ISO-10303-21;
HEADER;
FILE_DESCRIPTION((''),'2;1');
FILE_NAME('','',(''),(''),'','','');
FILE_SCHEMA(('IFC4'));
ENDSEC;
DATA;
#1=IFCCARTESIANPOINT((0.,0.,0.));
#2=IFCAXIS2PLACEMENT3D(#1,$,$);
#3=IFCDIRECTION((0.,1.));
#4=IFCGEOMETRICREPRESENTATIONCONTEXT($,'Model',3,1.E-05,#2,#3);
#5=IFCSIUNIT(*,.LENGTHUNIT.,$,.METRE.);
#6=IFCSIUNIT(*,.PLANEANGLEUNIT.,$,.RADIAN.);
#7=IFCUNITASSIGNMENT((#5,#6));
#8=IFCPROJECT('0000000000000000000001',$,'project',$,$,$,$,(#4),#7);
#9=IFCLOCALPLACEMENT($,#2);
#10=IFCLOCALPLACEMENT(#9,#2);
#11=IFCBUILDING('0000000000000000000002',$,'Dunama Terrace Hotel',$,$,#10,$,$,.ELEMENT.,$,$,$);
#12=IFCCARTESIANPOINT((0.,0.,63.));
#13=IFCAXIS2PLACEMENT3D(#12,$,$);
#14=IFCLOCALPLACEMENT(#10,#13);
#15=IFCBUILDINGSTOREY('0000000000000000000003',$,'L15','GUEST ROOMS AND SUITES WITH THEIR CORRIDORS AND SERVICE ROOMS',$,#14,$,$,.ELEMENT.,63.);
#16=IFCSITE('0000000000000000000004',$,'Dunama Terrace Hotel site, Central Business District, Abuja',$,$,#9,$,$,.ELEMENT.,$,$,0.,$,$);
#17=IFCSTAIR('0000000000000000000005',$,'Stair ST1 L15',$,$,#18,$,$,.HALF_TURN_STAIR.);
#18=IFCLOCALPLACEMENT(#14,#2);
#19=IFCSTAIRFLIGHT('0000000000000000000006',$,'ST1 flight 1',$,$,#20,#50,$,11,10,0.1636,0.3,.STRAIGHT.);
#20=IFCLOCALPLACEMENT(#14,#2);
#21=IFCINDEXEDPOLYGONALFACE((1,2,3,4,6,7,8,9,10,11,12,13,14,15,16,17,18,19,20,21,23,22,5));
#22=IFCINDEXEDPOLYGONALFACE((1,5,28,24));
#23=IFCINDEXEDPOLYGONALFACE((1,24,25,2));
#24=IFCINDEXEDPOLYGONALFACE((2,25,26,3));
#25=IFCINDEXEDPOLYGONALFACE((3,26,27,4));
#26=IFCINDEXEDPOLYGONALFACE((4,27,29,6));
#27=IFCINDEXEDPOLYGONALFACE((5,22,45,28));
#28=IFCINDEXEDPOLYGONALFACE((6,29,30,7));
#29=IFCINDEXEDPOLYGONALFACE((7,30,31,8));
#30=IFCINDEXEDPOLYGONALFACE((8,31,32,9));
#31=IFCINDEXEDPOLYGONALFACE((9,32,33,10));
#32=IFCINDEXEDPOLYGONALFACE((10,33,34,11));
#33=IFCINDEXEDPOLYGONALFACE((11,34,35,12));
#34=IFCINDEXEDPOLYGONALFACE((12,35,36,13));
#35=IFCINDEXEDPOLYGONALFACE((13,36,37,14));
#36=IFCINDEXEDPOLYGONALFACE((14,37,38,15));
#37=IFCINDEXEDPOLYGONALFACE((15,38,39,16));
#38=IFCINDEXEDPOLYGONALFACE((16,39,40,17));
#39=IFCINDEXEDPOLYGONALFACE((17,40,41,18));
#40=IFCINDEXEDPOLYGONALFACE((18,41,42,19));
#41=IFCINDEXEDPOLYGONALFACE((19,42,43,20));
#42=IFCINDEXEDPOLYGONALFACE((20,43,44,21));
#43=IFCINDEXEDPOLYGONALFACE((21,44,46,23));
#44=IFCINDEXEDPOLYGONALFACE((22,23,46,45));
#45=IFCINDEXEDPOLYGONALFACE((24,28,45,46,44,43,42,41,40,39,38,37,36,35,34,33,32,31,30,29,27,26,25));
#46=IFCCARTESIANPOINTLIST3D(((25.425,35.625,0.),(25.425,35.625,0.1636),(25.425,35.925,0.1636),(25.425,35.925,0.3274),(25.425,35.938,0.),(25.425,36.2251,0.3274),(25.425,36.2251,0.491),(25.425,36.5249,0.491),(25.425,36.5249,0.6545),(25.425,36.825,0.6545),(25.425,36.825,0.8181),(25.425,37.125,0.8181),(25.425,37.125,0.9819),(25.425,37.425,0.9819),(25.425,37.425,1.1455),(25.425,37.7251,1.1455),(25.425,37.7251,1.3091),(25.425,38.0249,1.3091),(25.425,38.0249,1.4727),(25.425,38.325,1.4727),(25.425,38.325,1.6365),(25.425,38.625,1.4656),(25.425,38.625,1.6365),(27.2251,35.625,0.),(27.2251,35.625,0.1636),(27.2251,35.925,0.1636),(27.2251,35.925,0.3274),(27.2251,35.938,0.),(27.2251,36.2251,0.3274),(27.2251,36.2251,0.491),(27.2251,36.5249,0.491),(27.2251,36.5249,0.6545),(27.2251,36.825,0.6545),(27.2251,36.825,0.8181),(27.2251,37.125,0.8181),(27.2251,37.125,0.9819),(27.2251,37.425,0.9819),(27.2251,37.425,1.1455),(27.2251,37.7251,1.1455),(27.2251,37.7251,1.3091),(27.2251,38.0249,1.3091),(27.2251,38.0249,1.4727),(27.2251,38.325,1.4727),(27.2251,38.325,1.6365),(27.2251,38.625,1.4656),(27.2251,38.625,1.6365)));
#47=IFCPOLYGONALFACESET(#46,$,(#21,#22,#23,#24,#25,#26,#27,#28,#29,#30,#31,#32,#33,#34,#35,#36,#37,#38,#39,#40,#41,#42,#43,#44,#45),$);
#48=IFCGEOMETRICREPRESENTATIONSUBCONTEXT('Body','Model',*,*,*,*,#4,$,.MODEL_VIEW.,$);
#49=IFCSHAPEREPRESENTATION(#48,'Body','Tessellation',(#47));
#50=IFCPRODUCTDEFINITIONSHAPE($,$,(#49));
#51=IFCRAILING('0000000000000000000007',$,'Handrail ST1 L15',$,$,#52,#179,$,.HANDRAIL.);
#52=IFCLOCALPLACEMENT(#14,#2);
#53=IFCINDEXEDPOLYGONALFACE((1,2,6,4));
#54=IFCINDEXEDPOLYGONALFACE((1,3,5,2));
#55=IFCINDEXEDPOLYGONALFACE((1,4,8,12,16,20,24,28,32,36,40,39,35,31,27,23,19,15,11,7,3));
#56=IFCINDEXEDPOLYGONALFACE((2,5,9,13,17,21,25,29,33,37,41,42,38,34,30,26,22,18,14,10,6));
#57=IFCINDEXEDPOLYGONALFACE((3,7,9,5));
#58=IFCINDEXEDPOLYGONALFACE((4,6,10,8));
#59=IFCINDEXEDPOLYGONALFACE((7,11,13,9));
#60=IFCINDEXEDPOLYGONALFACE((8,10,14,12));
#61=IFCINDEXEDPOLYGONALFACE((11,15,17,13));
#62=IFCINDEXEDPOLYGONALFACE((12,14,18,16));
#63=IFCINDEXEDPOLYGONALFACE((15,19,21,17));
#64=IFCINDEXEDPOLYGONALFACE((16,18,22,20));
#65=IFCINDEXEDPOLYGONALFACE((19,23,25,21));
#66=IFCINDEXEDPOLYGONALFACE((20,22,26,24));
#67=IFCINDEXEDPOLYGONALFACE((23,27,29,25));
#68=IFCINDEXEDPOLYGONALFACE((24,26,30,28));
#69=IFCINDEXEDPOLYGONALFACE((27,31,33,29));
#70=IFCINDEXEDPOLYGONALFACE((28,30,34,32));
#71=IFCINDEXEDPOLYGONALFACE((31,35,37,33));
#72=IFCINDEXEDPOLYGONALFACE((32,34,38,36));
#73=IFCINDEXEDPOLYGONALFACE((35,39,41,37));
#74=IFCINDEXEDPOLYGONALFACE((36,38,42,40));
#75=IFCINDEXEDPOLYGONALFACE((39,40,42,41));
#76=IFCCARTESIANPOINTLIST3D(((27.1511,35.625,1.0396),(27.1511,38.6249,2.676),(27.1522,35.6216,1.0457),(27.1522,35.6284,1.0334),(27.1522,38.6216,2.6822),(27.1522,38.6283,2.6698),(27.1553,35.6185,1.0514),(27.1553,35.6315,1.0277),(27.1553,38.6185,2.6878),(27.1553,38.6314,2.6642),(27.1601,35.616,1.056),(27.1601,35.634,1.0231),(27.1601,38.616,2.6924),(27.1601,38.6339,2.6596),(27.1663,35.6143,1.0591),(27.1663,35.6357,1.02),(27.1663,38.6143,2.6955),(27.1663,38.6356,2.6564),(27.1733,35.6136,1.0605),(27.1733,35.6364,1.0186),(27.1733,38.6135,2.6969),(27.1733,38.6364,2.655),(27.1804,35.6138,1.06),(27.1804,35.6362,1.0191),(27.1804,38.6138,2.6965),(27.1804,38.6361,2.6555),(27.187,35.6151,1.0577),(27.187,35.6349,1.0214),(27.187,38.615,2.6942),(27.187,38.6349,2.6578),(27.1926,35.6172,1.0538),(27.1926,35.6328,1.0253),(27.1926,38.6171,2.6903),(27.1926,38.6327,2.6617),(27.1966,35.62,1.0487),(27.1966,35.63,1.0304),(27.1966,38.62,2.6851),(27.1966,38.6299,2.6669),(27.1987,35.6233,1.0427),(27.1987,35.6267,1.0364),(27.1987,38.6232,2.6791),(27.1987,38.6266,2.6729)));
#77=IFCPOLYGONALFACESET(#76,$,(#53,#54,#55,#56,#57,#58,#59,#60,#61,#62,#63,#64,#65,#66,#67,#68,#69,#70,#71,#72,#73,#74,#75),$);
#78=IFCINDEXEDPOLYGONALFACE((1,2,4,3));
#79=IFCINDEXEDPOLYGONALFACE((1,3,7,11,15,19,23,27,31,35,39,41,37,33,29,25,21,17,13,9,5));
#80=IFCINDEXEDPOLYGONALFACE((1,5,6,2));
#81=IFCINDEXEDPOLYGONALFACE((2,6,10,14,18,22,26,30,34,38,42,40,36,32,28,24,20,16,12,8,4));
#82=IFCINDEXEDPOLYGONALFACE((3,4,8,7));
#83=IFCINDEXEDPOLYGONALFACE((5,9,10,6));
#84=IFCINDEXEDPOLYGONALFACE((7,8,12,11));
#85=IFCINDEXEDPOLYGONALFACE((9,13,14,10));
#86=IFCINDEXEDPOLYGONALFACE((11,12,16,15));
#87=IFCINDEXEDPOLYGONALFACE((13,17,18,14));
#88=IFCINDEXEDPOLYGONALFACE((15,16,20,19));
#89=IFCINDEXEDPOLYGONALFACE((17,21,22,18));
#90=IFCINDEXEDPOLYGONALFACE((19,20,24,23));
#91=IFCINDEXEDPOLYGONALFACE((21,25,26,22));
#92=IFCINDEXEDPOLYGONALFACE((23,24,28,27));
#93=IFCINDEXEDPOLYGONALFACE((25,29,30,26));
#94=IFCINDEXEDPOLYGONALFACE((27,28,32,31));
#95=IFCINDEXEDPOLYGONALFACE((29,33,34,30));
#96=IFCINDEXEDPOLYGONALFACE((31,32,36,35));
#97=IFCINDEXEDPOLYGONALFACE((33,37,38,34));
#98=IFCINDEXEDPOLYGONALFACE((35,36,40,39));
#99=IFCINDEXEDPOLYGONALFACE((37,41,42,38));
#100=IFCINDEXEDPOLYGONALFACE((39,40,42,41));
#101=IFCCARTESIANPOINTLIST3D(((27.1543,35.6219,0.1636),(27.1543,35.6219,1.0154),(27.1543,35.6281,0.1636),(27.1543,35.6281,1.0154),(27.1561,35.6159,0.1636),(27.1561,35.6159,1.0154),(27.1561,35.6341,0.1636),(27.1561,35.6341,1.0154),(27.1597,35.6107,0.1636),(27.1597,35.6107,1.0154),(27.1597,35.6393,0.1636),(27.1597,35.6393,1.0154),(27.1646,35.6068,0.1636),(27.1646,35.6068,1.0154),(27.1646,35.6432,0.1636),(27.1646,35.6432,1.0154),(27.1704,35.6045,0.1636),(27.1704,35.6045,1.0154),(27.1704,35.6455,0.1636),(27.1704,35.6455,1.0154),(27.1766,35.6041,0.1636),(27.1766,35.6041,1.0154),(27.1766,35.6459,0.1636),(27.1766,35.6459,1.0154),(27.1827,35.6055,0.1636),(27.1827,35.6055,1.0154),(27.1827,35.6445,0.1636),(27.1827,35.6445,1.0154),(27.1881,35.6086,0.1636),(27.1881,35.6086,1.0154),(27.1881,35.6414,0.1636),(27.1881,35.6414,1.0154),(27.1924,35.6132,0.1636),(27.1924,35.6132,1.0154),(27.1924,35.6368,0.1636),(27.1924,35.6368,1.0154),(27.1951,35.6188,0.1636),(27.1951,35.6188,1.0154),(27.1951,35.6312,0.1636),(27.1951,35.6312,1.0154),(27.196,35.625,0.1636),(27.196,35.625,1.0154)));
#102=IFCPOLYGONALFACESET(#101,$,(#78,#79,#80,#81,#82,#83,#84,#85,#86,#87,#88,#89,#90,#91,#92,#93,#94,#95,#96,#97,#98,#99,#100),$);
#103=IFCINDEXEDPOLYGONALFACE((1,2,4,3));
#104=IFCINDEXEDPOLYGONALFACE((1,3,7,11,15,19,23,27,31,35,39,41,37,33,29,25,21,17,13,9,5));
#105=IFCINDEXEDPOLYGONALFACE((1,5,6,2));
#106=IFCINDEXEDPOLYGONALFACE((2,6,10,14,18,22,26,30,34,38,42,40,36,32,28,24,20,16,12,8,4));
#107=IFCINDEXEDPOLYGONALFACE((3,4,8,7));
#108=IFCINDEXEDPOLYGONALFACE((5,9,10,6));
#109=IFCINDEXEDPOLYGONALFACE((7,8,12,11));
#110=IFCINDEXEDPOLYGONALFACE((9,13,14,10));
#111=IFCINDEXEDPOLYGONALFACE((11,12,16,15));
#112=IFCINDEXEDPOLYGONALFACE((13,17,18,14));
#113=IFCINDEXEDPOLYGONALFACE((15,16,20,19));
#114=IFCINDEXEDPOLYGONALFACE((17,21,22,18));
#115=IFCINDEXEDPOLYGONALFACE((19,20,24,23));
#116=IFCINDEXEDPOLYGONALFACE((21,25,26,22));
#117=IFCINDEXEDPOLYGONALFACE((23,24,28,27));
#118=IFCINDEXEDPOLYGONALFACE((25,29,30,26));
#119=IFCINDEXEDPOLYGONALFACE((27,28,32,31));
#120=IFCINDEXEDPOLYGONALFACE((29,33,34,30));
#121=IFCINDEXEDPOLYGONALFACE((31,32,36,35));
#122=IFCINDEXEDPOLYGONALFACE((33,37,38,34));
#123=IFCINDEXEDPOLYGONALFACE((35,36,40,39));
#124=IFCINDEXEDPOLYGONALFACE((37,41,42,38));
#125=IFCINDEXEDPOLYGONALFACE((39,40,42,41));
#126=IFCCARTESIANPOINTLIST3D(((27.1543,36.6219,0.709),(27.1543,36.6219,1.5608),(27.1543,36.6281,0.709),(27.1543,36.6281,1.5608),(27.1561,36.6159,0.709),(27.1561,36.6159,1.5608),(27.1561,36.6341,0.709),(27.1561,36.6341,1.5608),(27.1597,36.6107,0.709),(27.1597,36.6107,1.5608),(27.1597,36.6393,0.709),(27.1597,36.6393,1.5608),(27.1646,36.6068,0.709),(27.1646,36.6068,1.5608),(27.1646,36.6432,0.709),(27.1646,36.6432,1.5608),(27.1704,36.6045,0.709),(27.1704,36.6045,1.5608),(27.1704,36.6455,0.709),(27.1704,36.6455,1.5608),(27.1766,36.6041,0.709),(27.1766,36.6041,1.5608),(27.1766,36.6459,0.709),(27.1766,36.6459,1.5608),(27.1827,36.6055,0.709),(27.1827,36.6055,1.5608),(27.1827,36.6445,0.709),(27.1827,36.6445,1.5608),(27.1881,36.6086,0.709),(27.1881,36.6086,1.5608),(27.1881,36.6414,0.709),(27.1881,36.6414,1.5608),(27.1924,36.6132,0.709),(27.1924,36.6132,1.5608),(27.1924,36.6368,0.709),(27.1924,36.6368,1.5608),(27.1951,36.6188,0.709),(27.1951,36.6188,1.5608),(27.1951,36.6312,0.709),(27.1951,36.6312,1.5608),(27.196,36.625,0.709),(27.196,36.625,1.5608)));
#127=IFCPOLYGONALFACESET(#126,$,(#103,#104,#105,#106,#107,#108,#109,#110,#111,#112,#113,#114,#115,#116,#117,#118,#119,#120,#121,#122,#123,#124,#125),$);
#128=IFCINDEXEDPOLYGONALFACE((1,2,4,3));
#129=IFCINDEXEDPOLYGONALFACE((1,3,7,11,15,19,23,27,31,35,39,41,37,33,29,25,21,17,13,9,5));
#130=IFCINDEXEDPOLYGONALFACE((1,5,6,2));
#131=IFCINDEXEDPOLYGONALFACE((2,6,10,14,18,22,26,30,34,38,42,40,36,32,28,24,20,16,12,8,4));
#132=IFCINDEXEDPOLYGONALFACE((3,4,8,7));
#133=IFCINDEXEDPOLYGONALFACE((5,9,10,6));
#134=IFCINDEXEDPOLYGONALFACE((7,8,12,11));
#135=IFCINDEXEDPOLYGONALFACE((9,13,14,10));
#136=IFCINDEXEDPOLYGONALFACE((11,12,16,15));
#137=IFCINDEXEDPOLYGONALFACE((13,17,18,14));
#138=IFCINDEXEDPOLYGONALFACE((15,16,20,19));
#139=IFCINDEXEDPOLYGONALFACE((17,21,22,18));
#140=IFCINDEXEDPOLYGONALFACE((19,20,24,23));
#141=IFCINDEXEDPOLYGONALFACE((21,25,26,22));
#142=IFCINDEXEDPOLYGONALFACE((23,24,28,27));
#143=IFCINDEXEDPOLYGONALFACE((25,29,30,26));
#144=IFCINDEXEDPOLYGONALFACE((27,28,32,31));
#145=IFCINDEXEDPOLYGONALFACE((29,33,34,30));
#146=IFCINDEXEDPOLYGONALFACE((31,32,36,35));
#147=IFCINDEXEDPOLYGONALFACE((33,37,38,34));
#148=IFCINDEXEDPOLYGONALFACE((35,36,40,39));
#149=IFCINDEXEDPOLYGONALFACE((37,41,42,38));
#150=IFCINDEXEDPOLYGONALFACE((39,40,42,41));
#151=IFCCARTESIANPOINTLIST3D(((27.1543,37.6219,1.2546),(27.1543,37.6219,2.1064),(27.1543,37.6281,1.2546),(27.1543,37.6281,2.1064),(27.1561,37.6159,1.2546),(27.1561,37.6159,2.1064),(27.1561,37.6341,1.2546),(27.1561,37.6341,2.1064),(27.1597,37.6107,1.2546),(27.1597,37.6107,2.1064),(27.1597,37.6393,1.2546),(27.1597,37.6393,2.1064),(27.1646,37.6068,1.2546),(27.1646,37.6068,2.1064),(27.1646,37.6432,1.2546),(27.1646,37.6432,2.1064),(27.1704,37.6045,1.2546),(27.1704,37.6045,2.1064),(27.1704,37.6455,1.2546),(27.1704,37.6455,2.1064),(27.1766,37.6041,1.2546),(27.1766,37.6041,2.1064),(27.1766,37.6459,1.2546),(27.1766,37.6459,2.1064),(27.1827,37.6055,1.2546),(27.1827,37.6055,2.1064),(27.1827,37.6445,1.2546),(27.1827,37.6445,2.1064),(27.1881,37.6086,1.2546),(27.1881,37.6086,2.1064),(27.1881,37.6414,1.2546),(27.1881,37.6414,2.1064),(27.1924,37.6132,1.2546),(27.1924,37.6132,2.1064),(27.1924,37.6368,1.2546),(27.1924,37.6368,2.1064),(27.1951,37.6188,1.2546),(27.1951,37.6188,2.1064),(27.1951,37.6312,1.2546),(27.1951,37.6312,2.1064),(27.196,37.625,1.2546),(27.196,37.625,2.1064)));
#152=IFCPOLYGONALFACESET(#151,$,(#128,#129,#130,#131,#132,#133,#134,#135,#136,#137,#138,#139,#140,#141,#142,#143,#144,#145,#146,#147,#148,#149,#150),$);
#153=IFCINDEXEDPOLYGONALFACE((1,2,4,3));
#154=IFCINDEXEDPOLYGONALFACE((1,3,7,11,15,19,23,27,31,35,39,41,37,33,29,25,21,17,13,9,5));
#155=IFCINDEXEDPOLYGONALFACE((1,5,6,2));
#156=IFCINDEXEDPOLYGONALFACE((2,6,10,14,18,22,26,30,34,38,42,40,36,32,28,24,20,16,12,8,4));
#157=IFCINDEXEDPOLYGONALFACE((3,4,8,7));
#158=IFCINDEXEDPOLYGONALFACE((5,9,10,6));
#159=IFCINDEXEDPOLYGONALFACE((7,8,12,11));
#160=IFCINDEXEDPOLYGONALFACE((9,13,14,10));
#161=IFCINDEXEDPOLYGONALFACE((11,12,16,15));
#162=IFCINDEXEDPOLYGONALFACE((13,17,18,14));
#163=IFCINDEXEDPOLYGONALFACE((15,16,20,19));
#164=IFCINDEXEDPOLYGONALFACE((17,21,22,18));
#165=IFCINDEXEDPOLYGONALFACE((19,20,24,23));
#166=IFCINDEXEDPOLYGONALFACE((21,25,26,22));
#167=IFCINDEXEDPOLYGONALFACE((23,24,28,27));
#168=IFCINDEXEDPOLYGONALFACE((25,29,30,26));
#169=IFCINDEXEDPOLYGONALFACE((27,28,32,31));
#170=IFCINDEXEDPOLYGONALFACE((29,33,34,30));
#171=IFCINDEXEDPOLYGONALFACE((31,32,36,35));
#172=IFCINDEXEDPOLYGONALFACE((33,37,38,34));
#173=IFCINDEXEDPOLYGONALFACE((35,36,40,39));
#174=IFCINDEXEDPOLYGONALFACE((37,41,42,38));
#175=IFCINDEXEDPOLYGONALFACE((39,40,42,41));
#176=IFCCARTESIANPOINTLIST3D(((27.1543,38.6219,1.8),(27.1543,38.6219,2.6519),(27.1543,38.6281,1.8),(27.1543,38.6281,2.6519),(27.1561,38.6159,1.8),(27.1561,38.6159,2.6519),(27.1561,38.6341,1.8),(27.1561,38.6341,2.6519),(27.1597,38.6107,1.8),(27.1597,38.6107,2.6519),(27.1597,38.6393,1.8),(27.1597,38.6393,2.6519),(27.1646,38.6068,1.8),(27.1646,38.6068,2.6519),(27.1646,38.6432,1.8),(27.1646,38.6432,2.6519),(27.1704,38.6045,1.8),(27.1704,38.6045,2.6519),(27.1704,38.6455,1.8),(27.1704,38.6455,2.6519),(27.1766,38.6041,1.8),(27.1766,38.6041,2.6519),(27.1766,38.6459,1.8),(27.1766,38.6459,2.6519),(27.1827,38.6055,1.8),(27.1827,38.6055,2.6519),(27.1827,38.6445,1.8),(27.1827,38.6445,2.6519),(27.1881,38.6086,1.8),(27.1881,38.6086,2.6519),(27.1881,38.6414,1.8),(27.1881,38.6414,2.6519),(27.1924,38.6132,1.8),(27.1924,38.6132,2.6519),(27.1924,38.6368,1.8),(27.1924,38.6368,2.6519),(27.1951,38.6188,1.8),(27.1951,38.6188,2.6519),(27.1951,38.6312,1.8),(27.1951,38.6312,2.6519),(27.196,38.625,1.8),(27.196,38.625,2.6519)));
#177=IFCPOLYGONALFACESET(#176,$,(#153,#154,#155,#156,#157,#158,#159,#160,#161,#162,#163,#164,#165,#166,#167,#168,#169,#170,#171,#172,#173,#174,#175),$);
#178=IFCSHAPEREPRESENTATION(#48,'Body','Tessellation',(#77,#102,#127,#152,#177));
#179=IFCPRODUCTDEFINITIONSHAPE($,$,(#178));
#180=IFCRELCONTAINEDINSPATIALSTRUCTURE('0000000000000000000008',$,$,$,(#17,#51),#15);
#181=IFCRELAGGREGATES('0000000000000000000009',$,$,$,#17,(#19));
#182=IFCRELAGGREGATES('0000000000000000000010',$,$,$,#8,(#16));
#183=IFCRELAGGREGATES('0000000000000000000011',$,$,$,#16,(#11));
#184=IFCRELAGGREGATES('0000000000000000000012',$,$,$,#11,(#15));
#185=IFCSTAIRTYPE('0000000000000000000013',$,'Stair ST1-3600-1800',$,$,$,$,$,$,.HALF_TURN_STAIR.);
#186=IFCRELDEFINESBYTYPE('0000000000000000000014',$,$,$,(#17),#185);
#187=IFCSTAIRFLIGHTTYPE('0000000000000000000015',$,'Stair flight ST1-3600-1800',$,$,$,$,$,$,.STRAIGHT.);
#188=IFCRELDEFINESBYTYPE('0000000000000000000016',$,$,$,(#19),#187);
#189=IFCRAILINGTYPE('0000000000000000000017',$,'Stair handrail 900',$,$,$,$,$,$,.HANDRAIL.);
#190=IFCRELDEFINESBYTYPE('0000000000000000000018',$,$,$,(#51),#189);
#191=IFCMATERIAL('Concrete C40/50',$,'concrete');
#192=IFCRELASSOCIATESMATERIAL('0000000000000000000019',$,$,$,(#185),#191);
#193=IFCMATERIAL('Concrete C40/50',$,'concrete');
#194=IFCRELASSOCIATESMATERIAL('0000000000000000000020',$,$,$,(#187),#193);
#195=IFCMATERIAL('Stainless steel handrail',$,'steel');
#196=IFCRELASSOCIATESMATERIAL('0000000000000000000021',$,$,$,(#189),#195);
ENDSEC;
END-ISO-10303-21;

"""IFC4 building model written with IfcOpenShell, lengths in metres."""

from ifc_helpers import new_model, si_unit, direction, frame, origin, origin_2d, place, context, subcontext, project, spatial, polyline, circle, outline, extrude, material, type_object, element, aggregate, save


model = new_model("IFC4")

# Units and contexts
model_context = context("Model", 3, precision=1e-05, world=origin(), true_north=direction((0.0, 1.0)))
body_context = subcontext(model_context, "Body", "Model", "MODEL_VIEW")
ifc_project = project(units=[si_unit("LENGTHUNIT", "METRE"), si_unit("PLANEANGLEUNIT", "RADIAN")], contexts=[model_context])

# Site, building, storey
site_placement = place(None, origin())
site = spatial("IfcSite", under=ifc_project, at=site_placement, Name="Dunama Terrace Hotel site, Central Business District, Abuja", CompositionType="ELEMENT", RefElevation=0.0)
building_placement = place(site_placement, origin())
building = spatial("IfcBuilding", under=site, at=building_placement, Name="Dunama Terrace Hotel", CompositionType="ELEMENT")
storey_placement = place(building_placement, frame((0.0, 0.0, 63.0)))
storey = spatial("IfcBuildingStorey", under=building, at=storey_placement, Name="L15", Description="GUEST ROOMS AND SUITES WITH THEIR CORRIDORS AND SERVICE ROOMS", CompositionType="ELEMENT", Elevation=63.0)

# Stair, stair flight
ifc_material_1 = material(Name="Concrete C40/50", Category="concrete")
stair_type = type_object("IfcStairType", Name="Stair ST1-3600-1800", PredefinedType="HALF_TURN_STAIR", material=ifc_material_1)
stair_placement = place(storey_placement, origin())
stair = element("IfcStair", 1, at=stair_placement, inside=storey, type_object=stair_type, Name="Stair ST1 L15", PredefinedType="HALF_TURN_STAIR")
ifc_material_2 = material(Name="Concrete C40/50", Category="concrete")
stair_flight_type = type_object("IfcStairFlightType", Name="Stair flight ST1-3600-1800", PredefinedType="STRAIGHT", material=ifc_material_2)
stair_flight_placement = place(storey_placement, frame((26.325, 35.625, 0.0), z_axis=(0.0, 0.0, 1.0), x_axis=(0.0, 1.0, 0.0)))
stair_flight = element("IfcStairFlight", 2, at=stair_flight_placement, type_object=stair_flight_type, Name="ST1 flight 1", NumberOfRisers=11, NumberOfTreads=10, PredefinedType="STRAIGHT", RiserHeight=0.1636, TreadLength=0.3, context=body_context, shape_type="SweptSolid", body=[
    extrude(outline(polyline([(0.0, 0.0), (0.0, 0.1636), (0.3, 0.1636), (0.3, 0.3274), (0.6001, 0.3274), (0.6001, 0.491), (0.8999, 0.491), (0.8999, 0.6545), (1.2, 0.6545), (1.2, 0.8181), (1.5, 0.8181), (1.5, 0.9819), (1.8, 0.9819), (1.8, 1.1455), (2.1001, 1.1455), (2.1001, 1.3091), (2.3999, 1.3091), (2.3999, 1.4727), (2.7, 1.4727), (2.7, 1.6365), (3.0, 1.6365), (3.0, 1.8), (3.0, 1.4656), (0.313, 0.0), (0.0, 0.0)])), frame((0.0, 0.8999, 0.0), z_axis=(0.0, -1.0, 0.0), x_axis=(1.0, 0.0, 0.0)), (0.0, 0.0, 1.0), 1.8),
])
aggregate(stair, [stair_flight])

# Railing
ifc_material_3 = material(Name="Stainless steel handrail", Category="steel")
railing_type = type_object("IfcRailingType", Name="Stair handrail 900", PredefinedType="HANDRAIL", material=ifc_material_3)
railing_placement = place(storey_placement, frame((27.175, 35.625, 0.1636)))
element("IfcRailing", 3, at=railing_placement, inside=storey, type_object=railing_type, Name="Handrail ST1 L15", PredefinedType="HANDRAIL", context=body_context, shape_type="SweptSolid", body=[
    extrude(circle(Radius=0.0239, at=origin_2d()), frame((0.0, 0.0, 0.876), z_axis=(0.0, 0.877882, 0.478877), x_axis=(-1.0, 0.0, 0.0)), (0.0, 0.0, 1.0), 3.4172),
    extrude(circle(Radius=0.021, at=origin_2d()), origin(), (0.0, 0.0, 1.0), 0.8518),
    extrude(circle(Radius=0.021, at=origin_2d()), frame((0.0, 1.0, 0.5454)), (0.0, 0.0, 1.0), 0.8518),
    extrude(circle(Radius=0.021, at=origin_2d()), frame((0.0, 2.0, 1.0911)), (0.0, 0.0, 1.0), 0.8518),
    extrude(circle(Radius=0.021, at=origin_2d()), frame((0.0, 3.0, 1.6365)), (0.0, 0.0, 1.0), 0.8518),
])

save(model, "model.ifc")
